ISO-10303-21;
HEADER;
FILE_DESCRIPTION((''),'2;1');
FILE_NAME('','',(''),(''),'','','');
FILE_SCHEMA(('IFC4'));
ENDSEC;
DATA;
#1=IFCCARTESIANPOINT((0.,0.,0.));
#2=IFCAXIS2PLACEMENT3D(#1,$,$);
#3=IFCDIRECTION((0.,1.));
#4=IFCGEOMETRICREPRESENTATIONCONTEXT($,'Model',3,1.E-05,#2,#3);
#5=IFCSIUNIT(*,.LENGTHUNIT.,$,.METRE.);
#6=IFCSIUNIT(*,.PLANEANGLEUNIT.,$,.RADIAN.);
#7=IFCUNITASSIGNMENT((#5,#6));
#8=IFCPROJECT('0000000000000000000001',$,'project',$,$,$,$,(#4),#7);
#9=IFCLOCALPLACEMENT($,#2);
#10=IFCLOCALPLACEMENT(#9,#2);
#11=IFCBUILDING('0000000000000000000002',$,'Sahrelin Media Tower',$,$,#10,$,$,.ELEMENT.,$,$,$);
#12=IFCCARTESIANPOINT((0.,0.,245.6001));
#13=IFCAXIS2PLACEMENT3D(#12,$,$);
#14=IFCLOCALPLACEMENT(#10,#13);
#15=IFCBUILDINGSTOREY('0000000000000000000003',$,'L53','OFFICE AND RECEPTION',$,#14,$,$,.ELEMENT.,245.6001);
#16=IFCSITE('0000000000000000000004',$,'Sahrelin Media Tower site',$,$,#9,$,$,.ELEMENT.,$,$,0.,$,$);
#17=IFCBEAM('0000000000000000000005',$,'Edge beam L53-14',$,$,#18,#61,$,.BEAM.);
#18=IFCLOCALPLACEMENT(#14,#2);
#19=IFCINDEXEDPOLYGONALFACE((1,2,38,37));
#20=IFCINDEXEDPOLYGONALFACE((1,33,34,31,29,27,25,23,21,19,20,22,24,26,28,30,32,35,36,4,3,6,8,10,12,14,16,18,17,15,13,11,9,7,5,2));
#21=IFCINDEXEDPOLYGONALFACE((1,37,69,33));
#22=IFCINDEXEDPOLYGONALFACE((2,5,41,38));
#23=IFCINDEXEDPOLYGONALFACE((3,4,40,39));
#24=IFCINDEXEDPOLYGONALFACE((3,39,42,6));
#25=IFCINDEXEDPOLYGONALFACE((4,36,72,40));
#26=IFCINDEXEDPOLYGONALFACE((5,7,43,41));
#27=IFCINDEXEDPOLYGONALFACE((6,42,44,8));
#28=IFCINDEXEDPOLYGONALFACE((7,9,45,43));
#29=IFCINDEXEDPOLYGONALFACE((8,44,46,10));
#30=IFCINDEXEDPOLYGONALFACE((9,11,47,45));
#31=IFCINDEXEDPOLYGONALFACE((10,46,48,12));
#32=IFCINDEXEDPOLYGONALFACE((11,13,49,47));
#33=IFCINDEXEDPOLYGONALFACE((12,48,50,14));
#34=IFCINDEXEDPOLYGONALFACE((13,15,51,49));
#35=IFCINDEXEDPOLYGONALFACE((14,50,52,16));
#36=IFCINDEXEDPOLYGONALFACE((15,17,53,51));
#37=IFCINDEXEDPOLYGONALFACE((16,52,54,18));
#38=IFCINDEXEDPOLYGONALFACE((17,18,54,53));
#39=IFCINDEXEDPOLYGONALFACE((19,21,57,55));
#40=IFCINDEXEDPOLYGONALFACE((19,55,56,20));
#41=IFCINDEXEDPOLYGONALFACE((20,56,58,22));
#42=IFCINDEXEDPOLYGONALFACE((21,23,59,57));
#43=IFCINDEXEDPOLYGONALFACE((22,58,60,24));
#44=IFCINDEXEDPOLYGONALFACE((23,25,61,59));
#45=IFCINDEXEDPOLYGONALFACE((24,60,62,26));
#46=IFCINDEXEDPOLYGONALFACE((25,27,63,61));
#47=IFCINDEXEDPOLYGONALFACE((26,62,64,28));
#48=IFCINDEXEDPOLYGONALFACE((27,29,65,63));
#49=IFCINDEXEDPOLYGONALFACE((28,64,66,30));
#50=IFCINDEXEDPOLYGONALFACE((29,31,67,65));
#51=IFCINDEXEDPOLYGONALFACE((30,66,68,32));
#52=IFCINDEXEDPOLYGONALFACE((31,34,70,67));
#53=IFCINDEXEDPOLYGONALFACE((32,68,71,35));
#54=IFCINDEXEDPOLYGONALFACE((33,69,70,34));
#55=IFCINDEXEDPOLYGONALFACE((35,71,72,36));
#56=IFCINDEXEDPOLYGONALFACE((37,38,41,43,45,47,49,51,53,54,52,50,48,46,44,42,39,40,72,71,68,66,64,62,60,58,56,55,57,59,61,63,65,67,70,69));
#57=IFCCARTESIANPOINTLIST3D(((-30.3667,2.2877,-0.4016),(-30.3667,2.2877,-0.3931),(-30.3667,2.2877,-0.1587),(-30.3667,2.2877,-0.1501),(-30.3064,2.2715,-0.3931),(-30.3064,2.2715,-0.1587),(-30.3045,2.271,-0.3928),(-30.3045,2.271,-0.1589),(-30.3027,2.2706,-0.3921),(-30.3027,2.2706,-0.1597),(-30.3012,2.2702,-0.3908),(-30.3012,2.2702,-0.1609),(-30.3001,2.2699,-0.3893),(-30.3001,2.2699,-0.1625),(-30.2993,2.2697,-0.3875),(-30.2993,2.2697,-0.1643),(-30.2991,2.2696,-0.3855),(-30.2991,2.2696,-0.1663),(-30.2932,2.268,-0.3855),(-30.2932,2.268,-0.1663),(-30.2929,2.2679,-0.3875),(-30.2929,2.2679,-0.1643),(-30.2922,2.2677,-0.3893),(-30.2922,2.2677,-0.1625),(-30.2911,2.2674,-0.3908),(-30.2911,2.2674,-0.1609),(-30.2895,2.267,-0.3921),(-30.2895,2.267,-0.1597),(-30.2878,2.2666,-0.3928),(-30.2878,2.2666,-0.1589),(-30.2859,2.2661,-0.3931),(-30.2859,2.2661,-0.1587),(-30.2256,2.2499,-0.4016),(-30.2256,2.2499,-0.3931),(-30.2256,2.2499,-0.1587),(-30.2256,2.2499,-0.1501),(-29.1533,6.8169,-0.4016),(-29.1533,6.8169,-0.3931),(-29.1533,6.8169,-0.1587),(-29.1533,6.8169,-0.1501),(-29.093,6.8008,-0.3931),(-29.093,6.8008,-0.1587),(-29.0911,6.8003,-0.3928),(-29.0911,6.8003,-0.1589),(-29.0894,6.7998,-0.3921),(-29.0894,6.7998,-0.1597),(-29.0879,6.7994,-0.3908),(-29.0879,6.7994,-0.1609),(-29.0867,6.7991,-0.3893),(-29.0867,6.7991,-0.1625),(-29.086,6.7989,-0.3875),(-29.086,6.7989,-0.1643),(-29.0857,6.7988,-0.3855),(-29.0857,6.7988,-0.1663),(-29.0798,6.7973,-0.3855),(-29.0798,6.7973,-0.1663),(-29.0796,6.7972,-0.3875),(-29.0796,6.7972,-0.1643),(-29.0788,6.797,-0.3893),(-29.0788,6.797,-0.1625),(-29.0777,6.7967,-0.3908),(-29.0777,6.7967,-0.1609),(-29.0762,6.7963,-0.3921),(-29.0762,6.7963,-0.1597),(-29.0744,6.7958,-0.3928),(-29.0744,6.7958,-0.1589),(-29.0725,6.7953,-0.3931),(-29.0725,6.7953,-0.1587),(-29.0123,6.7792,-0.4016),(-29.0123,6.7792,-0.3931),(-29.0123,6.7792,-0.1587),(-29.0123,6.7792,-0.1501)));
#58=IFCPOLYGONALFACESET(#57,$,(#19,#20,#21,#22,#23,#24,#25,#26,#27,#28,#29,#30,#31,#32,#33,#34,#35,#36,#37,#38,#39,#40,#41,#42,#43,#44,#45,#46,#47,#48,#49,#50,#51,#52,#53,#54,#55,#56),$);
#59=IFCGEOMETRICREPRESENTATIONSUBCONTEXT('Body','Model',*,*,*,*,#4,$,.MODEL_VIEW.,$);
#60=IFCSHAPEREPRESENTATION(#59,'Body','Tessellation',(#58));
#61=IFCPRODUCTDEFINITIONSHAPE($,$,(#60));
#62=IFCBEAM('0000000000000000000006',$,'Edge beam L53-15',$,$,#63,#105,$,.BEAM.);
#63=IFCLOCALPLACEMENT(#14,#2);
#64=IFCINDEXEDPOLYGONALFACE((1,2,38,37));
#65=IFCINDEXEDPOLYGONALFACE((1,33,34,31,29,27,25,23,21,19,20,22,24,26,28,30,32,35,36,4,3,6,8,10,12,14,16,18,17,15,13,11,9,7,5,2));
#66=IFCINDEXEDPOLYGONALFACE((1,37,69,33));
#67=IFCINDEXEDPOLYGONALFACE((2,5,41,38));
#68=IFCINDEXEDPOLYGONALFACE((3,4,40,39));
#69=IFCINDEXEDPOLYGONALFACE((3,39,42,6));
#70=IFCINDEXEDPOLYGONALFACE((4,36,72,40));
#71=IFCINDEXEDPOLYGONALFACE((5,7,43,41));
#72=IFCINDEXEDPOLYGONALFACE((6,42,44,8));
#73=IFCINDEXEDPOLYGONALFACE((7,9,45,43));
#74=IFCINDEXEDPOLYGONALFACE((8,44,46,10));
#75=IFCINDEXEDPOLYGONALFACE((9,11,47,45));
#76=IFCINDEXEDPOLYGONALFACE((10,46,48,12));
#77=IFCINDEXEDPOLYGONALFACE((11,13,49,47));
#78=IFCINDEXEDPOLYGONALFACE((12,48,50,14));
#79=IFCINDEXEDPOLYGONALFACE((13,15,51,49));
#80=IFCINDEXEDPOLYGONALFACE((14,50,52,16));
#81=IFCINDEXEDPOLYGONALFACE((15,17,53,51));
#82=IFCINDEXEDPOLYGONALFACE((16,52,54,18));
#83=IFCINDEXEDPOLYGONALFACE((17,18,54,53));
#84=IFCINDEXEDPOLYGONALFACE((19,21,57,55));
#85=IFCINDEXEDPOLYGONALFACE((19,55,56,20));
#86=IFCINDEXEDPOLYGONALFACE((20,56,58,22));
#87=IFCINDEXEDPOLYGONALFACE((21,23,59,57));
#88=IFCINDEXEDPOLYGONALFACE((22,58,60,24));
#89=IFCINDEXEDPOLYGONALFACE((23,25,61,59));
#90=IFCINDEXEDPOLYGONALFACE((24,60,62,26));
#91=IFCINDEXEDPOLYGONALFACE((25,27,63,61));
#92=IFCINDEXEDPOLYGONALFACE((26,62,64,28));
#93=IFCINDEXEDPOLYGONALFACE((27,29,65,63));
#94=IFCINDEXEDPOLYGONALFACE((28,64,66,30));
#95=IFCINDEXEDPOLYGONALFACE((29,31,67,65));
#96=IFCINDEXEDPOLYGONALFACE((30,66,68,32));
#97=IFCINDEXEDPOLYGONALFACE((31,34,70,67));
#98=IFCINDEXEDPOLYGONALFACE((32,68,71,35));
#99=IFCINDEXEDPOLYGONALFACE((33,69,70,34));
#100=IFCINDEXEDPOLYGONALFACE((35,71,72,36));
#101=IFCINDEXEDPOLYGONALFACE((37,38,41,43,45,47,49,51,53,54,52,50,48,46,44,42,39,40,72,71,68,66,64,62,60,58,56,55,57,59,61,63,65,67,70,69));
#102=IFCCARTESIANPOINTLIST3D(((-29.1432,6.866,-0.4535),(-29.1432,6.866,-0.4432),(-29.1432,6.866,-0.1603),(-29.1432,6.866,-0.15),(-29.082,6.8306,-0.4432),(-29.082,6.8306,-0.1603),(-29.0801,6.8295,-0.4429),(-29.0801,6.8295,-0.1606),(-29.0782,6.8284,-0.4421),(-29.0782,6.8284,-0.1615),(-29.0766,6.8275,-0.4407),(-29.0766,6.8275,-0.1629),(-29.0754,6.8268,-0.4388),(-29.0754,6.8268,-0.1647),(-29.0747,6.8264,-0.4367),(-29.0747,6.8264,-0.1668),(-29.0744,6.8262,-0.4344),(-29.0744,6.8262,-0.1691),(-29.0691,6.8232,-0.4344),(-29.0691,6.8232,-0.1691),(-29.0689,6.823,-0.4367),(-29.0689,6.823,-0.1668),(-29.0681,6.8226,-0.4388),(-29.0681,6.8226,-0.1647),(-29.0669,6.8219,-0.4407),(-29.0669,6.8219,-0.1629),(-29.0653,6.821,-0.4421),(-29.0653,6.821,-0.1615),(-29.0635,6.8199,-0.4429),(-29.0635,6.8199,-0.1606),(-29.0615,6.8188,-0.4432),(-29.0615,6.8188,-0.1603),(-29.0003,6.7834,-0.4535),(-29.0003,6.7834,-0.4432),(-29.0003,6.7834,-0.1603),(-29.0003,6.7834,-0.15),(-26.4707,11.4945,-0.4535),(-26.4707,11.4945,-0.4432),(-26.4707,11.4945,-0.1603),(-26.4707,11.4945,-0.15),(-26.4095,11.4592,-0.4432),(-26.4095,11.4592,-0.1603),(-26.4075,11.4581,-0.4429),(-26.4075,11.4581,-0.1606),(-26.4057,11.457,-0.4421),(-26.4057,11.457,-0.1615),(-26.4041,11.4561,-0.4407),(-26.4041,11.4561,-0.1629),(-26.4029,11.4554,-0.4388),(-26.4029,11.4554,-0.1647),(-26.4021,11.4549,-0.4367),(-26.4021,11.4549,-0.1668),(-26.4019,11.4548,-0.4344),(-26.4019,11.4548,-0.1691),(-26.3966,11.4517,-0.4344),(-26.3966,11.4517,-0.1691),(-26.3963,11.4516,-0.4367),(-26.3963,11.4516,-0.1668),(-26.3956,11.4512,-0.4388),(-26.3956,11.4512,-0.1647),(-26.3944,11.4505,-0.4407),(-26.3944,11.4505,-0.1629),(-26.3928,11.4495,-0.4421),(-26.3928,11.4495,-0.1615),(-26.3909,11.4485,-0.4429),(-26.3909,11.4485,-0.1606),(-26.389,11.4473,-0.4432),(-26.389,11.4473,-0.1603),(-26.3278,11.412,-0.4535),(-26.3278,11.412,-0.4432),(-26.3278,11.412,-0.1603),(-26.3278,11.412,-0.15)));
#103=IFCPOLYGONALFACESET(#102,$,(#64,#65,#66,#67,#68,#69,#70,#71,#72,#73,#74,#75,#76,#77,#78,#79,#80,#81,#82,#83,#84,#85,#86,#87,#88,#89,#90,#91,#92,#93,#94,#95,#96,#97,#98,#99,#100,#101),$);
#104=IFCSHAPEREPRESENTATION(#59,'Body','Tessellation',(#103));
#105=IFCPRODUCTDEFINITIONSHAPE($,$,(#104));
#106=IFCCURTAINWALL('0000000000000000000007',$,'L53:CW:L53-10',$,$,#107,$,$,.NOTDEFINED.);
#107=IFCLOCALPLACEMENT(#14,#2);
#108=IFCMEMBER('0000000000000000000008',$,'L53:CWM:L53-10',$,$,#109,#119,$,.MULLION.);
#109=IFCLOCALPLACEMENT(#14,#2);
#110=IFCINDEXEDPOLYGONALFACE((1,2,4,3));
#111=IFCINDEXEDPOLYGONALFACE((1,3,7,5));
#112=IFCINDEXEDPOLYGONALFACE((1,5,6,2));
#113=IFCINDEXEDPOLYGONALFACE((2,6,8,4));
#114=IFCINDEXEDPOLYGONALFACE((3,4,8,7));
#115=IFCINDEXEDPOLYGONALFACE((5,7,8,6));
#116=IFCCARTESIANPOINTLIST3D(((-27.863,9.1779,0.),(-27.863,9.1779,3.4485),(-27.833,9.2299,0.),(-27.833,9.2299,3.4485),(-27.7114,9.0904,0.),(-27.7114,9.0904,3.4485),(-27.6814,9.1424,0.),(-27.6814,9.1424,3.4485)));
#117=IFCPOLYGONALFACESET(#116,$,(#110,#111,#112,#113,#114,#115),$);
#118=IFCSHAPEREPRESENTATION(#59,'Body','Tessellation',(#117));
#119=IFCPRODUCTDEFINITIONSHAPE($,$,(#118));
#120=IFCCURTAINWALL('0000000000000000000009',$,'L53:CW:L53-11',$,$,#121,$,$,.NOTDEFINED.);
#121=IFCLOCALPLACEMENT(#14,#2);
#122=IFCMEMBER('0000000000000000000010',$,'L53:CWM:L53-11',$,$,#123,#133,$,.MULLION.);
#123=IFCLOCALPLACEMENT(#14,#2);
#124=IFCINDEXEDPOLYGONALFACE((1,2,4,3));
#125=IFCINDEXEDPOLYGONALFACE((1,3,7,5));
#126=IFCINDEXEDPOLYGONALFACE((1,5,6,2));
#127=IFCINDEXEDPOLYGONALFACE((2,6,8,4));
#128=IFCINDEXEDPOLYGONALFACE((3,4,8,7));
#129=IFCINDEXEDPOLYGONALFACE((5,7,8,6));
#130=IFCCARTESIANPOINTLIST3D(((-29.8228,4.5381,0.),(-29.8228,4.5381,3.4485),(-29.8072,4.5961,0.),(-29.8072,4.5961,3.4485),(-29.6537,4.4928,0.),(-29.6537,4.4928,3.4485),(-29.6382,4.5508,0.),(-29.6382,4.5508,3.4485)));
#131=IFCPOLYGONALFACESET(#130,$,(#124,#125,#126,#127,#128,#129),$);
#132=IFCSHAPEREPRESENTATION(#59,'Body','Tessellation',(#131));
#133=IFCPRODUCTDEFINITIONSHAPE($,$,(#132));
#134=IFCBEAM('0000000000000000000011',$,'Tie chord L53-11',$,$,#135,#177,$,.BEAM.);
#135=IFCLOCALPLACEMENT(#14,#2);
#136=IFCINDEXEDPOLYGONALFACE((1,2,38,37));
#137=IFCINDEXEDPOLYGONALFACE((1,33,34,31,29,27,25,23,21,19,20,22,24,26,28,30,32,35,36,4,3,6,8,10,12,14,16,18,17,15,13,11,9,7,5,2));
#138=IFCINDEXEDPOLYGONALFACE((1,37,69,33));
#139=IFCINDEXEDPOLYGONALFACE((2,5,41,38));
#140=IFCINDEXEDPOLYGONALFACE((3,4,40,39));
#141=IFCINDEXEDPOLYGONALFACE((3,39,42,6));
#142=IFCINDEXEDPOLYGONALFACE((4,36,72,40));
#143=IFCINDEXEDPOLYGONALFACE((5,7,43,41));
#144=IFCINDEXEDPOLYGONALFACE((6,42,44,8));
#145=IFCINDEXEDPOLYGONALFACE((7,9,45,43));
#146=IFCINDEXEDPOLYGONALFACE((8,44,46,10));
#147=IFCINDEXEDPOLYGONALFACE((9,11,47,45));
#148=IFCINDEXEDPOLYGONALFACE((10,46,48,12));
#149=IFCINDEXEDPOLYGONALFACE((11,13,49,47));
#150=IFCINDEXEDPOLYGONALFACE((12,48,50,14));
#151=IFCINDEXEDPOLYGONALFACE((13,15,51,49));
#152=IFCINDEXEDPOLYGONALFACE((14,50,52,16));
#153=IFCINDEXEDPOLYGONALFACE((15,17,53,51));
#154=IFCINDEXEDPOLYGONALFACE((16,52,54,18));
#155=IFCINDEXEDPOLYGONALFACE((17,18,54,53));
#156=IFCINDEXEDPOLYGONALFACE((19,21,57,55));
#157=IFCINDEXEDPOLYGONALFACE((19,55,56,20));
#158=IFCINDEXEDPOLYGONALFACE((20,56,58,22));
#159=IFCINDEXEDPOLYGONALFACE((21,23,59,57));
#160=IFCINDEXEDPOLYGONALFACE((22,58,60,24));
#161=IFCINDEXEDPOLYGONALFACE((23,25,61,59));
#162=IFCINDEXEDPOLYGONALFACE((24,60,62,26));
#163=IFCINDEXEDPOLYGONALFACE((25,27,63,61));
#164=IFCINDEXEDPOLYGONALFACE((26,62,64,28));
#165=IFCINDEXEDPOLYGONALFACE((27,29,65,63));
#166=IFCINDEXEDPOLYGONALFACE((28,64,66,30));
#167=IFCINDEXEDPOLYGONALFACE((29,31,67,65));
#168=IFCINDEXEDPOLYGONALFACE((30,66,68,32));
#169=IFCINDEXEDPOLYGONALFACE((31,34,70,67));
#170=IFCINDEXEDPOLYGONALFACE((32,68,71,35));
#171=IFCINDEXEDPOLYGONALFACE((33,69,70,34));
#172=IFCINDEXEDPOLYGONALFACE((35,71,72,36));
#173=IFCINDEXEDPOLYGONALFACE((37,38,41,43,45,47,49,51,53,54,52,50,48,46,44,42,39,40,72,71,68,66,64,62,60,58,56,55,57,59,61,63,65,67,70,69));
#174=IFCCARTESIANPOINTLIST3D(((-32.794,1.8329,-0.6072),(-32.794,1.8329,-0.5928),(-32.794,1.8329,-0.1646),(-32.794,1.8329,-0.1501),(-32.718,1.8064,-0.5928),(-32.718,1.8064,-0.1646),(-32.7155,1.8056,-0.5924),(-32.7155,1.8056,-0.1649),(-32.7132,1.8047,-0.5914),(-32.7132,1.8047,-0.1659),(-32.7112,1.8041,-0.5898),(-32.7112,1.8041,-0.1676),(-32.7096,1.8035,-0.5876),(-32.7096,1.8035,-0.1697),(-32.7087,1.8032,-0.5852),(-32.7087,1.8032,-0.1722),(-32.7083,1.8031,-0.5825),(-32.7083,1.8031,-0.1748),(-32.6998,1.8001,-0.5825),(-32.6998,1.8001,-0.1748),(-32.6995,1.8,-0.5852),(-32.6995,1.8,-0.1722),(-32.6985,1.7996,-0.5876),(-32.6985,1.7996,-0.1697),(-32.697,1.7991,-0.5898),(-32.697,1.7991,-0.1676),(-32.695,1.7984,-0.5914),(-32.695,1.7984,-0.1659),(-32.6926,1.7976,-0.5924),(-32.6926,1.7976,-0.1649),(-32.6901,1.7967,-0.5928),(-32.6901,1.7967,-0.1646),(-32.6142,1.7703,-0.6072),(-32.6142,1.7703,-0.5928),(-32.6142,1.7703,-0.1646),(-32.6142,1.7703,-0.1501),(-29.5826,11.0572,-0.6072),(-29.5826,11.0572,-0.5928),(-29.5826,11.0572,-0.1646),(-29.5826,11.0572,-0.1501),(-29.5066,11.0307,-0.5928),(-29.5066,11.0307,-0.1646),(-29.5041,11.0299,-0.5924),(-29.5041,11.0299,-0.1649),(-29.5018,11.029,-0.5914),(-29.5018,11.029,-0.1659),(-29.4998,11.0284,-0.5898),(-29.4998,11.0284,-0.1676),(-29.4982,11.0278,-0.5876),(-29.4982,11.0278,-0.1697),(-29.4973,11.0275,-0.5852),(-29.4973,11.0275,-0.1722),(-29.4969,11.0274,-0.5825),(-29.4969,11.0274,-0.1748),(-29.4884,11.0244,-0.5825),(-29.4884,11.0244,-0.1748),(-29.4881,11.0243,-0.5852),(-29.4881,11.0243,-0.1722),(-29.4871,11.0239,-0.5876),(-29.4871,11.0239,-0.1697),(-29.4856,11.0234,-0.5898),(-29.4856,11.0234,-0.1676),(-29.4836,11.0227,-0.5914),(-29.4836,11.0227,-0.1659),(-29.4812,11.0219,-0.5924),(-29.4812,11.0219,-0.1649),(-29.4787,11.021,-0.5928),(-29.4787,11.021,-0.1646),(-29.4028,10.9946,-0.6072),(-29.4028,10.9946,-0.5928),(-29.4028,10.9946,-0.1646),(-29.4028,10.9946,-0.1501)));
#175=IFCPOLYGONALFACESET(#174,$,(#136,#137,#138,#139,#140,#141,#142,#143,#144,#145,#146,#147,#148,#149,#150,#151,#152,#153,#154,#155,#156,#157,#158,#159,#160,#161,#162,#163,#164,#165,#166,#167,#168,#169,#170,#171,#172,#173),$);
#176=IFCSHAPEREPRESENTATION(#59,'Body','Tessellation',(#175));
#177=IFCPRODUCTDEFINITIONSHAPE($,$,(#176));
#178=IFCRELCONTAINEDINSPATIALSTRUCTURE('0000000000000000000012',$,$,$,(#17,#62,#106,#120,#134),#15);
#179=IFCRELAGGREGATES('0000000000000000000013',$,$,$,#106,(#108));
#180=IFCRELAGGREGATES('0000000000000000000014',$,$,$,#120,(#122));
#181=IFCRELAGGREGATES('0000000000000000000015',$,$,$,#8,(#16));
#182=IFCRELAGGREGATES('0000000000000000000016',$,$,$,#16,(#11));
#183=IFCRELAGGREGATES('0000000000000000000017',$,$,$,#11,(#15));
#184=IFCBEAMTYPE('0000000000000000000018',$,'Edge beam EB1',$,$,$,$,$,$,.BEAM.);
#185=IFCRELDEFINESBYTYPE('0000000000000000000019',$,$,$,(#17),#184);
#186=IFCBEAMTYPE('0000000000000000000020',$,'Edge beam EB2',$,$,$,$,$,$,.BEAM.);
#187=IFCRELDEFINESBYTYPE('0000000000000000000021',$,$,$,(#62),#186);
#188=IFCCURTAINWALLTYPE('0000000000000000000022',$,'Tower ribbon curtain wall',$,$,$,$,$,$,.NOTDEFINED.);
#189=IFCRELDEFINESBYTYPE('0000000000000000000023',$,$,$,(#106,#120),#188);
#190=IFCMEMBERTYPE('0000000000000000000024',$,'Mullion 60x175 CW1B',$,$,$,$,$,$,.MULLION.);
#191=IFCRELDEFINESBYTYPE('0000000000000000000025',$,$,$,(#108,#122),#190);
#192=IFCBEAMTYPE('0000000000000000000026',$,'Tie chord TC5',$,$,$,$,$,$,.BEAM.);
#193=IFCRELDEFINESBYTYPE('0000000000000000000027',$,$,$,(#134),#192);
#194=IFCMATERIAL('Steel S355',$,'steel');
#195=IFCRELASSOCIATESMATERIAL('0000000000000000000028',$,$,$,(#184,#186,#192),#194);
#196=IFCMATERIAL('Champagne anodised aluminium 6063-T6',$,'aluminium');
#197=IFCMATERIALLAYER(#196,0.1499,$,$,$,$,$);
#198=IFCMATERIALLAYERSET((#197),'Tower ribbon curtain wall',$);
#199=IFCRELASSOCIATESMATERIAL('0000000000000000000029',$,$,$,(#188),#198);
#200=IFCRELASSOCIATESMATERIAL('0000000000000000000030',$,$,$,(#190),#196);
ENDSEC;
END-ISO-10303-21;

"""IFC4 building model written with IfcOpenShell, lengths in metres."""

from ifc_helpers import new_model, si_unit, direction, frame, origin, origin_2d, place, context, subcontext, project, spatial, rectangle, i_section, extrude, material, layer, layer_set, material_profile, profile_set, type_object, element, aggregate, save


model = new_model("IFC4")

# Units and contexts
model_context = context("Model", 3, precision=1e-05, world=origin(), true_north=direction((0.0, 1.0)))
body_context = subcontext(model_context, "Body", "Model", "MODEL_VIEW")
ifc_project = project(units=[si_unit("LENGTHUNIT", "METRE"), si_unit("PLANEANGLEUNIT", "RADIAN")], contexts=[model_context])

# Site, building, storey
site_placement = place(None, origin())
site = spatial("IfcSite", under=ifc_project, at=site_placement, Name="Sahrelin Media Tower site", CompositionType="ELEMENT", RefElevation=0.0)
building_placement = place(site_placement, origin())
building = spatial("IfcBuilding", under=site, at=building_placement, Name="Sahrelin Media Tower", CompositionType="ELEMENT")
storey_placement = place(building_placement, frame((0.0, 0.0, 245.6001)))
storey = spatial("IfcBuildingStorey", under=building, at=storey_placement, Name="L53", Description="OFFICE AND RECEPTION", CompositionType="ELEMENT", Elevation=245.6001)

# Beams
ifc_material_1 = material(Name="Steel S355", Category="steel")
ifc_material_profile_1 = material_profile(ifc_material_1, i_section(OverallWidth=0.146, OverallDepth=0.2515, WebThickness=0.0061, FlangeThickness=0.0085, FilletRadius=0.0076, at=origin_2d()), Name="UB 254x146x31")
ifc_profile_set_1 = profile_set([ifc_material_profile_1], Name="Steel S355")
beam_type_1 = type_object("IfcBeamType", Name="Edge beam EB1", PredefinedType="BEAM", material=ifc_profile_set_1)
beam_1_placement = place(storey_placement, frame((-30.2961, 2.2688, -0.2759), z_axis=(0.258771, 0.965939, 0.0), x_axis=(-0.965939, 0.258771, 0.0)))
element("IfcBeam", 1, at=beam_1_placement, inside=storey, type_object=beam_type_1, Name="Edge beam L53-14", PredefinedType="BEAM", context=body_context, shape_type="SweptSolid", body=[
    extrude(i_section(OverallWidth=0.146, OverallDepth=0.2515, WebThickness=0.0061, FlangeThickness=0.0085, FilletRadius=0.0076, at=origin_2d()), origin(), (0.0, 0.0, 1.0), 4.689),
])
ifc_material_profile_2 = material_profile(ifc_material_1, i_section(OverallWidth=0.165, OverallDepth=0.3035, WebThickness=0.0061, FlangeThickness=0.0103, FilletRadius=0.0088, at=origin_2d()), Name="UB 305x165x40")
ifc_profile_set_2 = profile_set([ifc_material_profile_2], Name="Steel S355")
beam_type_2 = type_object("IfcBeamType", Name="Edge beam EB2", PredefinedType="BEAM", material=ifc_profile_set_2)
beam_2_placement = place(storey_placement, frame((-29.0718, 6.8247, -0.3018), z_axis=(0.500035, 0.866005, 0.0), x_axis=(-0.866005, 0.500035, 0.0)))
element("IfcBeam", 2, at=beam_2_placement, inside=storey, type_object=beam_type_2, Name="Edge beam L53-15", PredefinedType="BEAM", context=body_context, shape_type="SweptSolid", body=[
    extrude(i_section(OverallWidth=0.165, OverallDepth=0.3035, WebThickness=0.0061, FlangeThickness=0.0103, FilletRadius=0.0088, at=origin_2d()), origin(), (0.0, 0.0, 1.0), 5.3447),
])

# Curtain walls, members
ifc_material_2 = material(Name="Champagne anodised aluminium 6063-T6", Category="aluminium")
ifc_layer_1 = layer(ifc_material_2, 0.1499)
ifc_layer_set_1 = layer_set([ifc_layer_1], Name="Tower ribbon curtain wall")
curtain_wall_type = type_object("IfcCurtainWallType", Name="Tower ribbon curtain wall", PredefinedType="NOTDEFINED", material=ifc_layer_set_1)
curtain_wall_1_placement = place(storey_placement, frame((-27.8652, 9.2141, 0.0), z_axis=(0.0, 0.0, 1.0), x_axis=(1.0, 0.0, 0.0)))
curtain_wall_1 = element("IfcCurtainWall", 3, at=curtain_wall_1_placement, inside=storey, type_object=curtain_wall_type, Name="L53:CW:L53-10", PredefinedType="NOTDEFINED")
ifc_material_profile_3 = material_profile(ifc_material_2, rectangle(XDim=0.0601, YDim=0.175, at=origin_2d()), Name="Mullion 60x175")
ifc_profile_set_3 = profile_set([ifc_material_profile_3], Name="Champagne anodised aluminium 6063-T6")
member_type_1 = type_object("IfcMemberType", Name="Mullion 60x175 CW1B", PredefinedType="MULLION", material=ifc_profile_set_3)
member_1_placement = place(storey_placement, frame((-27.7722, 9.1602, 0.0), z_axis=(0.0, 0.0, 1.0), x_axis=(-0.500009, -0.86602, 0.0)))
member_1 = element("IfcMember", 4, at=member_1_placement, type_object=member_type_1, Name="L53:CWM:L53-10", PredefinedType="MULLION", context=body_context, shape_type="SweptSolid", body=[
    extrude(rectangle(XDim=0.0601, YDim=0.175, at=origin_2d()), origin(), (0.0, 0.0, 1.0), 3.4485),
])
aggregate(curtain_wall_1, [member_1])
curtain_wall_2_placement = place(storey_placement, frame((-29.8345, 4.5723, 0.0), z_axis=(0.0, 0.0, 1.0), x_axis=(1.0, 0.0, 0.0)))
curtain_wall_2 = element("IfcCurtainWall", 5, at=curtain_wall_2_placement, inside=storey, type_object=curtain_wall_type, Name="L53:CW:L53-11", PredefinedType="NOTDEFINED")
member_2_placement = place(storey_placement, frame((-29.7305, 4.5444, 0.0), z_axis=(0.0, 0.0, 1.0), x_axis=(-0.258812, -0.965928, 0.0)))
member_2 = element("IfcMember", 6, at=member_2_placement, type_object=member_type_1, Name="L53:CWM:L53-11", PredefinedType="MULLION", context=body_context, shape_type="SweptSolid", body=[
    extrude(rectangle(XDim=0.0601, YDim=0.175, at=origin_2d()), origin(), (0.0, 0.0, 1.0), 3.4485),
])

# Beam
ifc_material_profile_4 = material_profile(ifc_material_1, i_section(OverallWidth=0.1904, OverallDepth=0.457, WebThickness=0.009, FlangeThickness=0.0144, FilletRadius=0.0103, at=origin_2d()), Name="UB 457x191x74")
ifc_profile_set_4 = profile_set([ifc_material_profile_4], Name="Steel S355")
beam_type_3 = type_object("IfcBeamType", Name="Tie chord TC5", PredefinedType="BEAM", material=ifc_profile_set_4)
beam_3_placement = place(storey_placement, frame((-29.4927, 11.0259, -0.3787), z_axis=(-0.32879, -0.944403, 0.0), x_axis=(0.944403, -0.32879, 0.0)))
element("IfcBeam", 7, at=beam_3_placement, inside=storey, type_object=beam_type_3, Name="Tie chord L53-11", PredefinedType="BEAM", context=body_context, shape_type="SweptSolid", body=[
    extrude(i_section(OverallWidth=0.1904, OverallDepth=0.457, WebThickness=0.009, FlangeThickness=0.0144, FilletRadius=0.0103, at=origin_2d()), origin(), (0.0, 0.0, 1.0), 9.7673),
])

aggregate(curtain_wall_2, [member_2])

save(model, "model.ifc")
